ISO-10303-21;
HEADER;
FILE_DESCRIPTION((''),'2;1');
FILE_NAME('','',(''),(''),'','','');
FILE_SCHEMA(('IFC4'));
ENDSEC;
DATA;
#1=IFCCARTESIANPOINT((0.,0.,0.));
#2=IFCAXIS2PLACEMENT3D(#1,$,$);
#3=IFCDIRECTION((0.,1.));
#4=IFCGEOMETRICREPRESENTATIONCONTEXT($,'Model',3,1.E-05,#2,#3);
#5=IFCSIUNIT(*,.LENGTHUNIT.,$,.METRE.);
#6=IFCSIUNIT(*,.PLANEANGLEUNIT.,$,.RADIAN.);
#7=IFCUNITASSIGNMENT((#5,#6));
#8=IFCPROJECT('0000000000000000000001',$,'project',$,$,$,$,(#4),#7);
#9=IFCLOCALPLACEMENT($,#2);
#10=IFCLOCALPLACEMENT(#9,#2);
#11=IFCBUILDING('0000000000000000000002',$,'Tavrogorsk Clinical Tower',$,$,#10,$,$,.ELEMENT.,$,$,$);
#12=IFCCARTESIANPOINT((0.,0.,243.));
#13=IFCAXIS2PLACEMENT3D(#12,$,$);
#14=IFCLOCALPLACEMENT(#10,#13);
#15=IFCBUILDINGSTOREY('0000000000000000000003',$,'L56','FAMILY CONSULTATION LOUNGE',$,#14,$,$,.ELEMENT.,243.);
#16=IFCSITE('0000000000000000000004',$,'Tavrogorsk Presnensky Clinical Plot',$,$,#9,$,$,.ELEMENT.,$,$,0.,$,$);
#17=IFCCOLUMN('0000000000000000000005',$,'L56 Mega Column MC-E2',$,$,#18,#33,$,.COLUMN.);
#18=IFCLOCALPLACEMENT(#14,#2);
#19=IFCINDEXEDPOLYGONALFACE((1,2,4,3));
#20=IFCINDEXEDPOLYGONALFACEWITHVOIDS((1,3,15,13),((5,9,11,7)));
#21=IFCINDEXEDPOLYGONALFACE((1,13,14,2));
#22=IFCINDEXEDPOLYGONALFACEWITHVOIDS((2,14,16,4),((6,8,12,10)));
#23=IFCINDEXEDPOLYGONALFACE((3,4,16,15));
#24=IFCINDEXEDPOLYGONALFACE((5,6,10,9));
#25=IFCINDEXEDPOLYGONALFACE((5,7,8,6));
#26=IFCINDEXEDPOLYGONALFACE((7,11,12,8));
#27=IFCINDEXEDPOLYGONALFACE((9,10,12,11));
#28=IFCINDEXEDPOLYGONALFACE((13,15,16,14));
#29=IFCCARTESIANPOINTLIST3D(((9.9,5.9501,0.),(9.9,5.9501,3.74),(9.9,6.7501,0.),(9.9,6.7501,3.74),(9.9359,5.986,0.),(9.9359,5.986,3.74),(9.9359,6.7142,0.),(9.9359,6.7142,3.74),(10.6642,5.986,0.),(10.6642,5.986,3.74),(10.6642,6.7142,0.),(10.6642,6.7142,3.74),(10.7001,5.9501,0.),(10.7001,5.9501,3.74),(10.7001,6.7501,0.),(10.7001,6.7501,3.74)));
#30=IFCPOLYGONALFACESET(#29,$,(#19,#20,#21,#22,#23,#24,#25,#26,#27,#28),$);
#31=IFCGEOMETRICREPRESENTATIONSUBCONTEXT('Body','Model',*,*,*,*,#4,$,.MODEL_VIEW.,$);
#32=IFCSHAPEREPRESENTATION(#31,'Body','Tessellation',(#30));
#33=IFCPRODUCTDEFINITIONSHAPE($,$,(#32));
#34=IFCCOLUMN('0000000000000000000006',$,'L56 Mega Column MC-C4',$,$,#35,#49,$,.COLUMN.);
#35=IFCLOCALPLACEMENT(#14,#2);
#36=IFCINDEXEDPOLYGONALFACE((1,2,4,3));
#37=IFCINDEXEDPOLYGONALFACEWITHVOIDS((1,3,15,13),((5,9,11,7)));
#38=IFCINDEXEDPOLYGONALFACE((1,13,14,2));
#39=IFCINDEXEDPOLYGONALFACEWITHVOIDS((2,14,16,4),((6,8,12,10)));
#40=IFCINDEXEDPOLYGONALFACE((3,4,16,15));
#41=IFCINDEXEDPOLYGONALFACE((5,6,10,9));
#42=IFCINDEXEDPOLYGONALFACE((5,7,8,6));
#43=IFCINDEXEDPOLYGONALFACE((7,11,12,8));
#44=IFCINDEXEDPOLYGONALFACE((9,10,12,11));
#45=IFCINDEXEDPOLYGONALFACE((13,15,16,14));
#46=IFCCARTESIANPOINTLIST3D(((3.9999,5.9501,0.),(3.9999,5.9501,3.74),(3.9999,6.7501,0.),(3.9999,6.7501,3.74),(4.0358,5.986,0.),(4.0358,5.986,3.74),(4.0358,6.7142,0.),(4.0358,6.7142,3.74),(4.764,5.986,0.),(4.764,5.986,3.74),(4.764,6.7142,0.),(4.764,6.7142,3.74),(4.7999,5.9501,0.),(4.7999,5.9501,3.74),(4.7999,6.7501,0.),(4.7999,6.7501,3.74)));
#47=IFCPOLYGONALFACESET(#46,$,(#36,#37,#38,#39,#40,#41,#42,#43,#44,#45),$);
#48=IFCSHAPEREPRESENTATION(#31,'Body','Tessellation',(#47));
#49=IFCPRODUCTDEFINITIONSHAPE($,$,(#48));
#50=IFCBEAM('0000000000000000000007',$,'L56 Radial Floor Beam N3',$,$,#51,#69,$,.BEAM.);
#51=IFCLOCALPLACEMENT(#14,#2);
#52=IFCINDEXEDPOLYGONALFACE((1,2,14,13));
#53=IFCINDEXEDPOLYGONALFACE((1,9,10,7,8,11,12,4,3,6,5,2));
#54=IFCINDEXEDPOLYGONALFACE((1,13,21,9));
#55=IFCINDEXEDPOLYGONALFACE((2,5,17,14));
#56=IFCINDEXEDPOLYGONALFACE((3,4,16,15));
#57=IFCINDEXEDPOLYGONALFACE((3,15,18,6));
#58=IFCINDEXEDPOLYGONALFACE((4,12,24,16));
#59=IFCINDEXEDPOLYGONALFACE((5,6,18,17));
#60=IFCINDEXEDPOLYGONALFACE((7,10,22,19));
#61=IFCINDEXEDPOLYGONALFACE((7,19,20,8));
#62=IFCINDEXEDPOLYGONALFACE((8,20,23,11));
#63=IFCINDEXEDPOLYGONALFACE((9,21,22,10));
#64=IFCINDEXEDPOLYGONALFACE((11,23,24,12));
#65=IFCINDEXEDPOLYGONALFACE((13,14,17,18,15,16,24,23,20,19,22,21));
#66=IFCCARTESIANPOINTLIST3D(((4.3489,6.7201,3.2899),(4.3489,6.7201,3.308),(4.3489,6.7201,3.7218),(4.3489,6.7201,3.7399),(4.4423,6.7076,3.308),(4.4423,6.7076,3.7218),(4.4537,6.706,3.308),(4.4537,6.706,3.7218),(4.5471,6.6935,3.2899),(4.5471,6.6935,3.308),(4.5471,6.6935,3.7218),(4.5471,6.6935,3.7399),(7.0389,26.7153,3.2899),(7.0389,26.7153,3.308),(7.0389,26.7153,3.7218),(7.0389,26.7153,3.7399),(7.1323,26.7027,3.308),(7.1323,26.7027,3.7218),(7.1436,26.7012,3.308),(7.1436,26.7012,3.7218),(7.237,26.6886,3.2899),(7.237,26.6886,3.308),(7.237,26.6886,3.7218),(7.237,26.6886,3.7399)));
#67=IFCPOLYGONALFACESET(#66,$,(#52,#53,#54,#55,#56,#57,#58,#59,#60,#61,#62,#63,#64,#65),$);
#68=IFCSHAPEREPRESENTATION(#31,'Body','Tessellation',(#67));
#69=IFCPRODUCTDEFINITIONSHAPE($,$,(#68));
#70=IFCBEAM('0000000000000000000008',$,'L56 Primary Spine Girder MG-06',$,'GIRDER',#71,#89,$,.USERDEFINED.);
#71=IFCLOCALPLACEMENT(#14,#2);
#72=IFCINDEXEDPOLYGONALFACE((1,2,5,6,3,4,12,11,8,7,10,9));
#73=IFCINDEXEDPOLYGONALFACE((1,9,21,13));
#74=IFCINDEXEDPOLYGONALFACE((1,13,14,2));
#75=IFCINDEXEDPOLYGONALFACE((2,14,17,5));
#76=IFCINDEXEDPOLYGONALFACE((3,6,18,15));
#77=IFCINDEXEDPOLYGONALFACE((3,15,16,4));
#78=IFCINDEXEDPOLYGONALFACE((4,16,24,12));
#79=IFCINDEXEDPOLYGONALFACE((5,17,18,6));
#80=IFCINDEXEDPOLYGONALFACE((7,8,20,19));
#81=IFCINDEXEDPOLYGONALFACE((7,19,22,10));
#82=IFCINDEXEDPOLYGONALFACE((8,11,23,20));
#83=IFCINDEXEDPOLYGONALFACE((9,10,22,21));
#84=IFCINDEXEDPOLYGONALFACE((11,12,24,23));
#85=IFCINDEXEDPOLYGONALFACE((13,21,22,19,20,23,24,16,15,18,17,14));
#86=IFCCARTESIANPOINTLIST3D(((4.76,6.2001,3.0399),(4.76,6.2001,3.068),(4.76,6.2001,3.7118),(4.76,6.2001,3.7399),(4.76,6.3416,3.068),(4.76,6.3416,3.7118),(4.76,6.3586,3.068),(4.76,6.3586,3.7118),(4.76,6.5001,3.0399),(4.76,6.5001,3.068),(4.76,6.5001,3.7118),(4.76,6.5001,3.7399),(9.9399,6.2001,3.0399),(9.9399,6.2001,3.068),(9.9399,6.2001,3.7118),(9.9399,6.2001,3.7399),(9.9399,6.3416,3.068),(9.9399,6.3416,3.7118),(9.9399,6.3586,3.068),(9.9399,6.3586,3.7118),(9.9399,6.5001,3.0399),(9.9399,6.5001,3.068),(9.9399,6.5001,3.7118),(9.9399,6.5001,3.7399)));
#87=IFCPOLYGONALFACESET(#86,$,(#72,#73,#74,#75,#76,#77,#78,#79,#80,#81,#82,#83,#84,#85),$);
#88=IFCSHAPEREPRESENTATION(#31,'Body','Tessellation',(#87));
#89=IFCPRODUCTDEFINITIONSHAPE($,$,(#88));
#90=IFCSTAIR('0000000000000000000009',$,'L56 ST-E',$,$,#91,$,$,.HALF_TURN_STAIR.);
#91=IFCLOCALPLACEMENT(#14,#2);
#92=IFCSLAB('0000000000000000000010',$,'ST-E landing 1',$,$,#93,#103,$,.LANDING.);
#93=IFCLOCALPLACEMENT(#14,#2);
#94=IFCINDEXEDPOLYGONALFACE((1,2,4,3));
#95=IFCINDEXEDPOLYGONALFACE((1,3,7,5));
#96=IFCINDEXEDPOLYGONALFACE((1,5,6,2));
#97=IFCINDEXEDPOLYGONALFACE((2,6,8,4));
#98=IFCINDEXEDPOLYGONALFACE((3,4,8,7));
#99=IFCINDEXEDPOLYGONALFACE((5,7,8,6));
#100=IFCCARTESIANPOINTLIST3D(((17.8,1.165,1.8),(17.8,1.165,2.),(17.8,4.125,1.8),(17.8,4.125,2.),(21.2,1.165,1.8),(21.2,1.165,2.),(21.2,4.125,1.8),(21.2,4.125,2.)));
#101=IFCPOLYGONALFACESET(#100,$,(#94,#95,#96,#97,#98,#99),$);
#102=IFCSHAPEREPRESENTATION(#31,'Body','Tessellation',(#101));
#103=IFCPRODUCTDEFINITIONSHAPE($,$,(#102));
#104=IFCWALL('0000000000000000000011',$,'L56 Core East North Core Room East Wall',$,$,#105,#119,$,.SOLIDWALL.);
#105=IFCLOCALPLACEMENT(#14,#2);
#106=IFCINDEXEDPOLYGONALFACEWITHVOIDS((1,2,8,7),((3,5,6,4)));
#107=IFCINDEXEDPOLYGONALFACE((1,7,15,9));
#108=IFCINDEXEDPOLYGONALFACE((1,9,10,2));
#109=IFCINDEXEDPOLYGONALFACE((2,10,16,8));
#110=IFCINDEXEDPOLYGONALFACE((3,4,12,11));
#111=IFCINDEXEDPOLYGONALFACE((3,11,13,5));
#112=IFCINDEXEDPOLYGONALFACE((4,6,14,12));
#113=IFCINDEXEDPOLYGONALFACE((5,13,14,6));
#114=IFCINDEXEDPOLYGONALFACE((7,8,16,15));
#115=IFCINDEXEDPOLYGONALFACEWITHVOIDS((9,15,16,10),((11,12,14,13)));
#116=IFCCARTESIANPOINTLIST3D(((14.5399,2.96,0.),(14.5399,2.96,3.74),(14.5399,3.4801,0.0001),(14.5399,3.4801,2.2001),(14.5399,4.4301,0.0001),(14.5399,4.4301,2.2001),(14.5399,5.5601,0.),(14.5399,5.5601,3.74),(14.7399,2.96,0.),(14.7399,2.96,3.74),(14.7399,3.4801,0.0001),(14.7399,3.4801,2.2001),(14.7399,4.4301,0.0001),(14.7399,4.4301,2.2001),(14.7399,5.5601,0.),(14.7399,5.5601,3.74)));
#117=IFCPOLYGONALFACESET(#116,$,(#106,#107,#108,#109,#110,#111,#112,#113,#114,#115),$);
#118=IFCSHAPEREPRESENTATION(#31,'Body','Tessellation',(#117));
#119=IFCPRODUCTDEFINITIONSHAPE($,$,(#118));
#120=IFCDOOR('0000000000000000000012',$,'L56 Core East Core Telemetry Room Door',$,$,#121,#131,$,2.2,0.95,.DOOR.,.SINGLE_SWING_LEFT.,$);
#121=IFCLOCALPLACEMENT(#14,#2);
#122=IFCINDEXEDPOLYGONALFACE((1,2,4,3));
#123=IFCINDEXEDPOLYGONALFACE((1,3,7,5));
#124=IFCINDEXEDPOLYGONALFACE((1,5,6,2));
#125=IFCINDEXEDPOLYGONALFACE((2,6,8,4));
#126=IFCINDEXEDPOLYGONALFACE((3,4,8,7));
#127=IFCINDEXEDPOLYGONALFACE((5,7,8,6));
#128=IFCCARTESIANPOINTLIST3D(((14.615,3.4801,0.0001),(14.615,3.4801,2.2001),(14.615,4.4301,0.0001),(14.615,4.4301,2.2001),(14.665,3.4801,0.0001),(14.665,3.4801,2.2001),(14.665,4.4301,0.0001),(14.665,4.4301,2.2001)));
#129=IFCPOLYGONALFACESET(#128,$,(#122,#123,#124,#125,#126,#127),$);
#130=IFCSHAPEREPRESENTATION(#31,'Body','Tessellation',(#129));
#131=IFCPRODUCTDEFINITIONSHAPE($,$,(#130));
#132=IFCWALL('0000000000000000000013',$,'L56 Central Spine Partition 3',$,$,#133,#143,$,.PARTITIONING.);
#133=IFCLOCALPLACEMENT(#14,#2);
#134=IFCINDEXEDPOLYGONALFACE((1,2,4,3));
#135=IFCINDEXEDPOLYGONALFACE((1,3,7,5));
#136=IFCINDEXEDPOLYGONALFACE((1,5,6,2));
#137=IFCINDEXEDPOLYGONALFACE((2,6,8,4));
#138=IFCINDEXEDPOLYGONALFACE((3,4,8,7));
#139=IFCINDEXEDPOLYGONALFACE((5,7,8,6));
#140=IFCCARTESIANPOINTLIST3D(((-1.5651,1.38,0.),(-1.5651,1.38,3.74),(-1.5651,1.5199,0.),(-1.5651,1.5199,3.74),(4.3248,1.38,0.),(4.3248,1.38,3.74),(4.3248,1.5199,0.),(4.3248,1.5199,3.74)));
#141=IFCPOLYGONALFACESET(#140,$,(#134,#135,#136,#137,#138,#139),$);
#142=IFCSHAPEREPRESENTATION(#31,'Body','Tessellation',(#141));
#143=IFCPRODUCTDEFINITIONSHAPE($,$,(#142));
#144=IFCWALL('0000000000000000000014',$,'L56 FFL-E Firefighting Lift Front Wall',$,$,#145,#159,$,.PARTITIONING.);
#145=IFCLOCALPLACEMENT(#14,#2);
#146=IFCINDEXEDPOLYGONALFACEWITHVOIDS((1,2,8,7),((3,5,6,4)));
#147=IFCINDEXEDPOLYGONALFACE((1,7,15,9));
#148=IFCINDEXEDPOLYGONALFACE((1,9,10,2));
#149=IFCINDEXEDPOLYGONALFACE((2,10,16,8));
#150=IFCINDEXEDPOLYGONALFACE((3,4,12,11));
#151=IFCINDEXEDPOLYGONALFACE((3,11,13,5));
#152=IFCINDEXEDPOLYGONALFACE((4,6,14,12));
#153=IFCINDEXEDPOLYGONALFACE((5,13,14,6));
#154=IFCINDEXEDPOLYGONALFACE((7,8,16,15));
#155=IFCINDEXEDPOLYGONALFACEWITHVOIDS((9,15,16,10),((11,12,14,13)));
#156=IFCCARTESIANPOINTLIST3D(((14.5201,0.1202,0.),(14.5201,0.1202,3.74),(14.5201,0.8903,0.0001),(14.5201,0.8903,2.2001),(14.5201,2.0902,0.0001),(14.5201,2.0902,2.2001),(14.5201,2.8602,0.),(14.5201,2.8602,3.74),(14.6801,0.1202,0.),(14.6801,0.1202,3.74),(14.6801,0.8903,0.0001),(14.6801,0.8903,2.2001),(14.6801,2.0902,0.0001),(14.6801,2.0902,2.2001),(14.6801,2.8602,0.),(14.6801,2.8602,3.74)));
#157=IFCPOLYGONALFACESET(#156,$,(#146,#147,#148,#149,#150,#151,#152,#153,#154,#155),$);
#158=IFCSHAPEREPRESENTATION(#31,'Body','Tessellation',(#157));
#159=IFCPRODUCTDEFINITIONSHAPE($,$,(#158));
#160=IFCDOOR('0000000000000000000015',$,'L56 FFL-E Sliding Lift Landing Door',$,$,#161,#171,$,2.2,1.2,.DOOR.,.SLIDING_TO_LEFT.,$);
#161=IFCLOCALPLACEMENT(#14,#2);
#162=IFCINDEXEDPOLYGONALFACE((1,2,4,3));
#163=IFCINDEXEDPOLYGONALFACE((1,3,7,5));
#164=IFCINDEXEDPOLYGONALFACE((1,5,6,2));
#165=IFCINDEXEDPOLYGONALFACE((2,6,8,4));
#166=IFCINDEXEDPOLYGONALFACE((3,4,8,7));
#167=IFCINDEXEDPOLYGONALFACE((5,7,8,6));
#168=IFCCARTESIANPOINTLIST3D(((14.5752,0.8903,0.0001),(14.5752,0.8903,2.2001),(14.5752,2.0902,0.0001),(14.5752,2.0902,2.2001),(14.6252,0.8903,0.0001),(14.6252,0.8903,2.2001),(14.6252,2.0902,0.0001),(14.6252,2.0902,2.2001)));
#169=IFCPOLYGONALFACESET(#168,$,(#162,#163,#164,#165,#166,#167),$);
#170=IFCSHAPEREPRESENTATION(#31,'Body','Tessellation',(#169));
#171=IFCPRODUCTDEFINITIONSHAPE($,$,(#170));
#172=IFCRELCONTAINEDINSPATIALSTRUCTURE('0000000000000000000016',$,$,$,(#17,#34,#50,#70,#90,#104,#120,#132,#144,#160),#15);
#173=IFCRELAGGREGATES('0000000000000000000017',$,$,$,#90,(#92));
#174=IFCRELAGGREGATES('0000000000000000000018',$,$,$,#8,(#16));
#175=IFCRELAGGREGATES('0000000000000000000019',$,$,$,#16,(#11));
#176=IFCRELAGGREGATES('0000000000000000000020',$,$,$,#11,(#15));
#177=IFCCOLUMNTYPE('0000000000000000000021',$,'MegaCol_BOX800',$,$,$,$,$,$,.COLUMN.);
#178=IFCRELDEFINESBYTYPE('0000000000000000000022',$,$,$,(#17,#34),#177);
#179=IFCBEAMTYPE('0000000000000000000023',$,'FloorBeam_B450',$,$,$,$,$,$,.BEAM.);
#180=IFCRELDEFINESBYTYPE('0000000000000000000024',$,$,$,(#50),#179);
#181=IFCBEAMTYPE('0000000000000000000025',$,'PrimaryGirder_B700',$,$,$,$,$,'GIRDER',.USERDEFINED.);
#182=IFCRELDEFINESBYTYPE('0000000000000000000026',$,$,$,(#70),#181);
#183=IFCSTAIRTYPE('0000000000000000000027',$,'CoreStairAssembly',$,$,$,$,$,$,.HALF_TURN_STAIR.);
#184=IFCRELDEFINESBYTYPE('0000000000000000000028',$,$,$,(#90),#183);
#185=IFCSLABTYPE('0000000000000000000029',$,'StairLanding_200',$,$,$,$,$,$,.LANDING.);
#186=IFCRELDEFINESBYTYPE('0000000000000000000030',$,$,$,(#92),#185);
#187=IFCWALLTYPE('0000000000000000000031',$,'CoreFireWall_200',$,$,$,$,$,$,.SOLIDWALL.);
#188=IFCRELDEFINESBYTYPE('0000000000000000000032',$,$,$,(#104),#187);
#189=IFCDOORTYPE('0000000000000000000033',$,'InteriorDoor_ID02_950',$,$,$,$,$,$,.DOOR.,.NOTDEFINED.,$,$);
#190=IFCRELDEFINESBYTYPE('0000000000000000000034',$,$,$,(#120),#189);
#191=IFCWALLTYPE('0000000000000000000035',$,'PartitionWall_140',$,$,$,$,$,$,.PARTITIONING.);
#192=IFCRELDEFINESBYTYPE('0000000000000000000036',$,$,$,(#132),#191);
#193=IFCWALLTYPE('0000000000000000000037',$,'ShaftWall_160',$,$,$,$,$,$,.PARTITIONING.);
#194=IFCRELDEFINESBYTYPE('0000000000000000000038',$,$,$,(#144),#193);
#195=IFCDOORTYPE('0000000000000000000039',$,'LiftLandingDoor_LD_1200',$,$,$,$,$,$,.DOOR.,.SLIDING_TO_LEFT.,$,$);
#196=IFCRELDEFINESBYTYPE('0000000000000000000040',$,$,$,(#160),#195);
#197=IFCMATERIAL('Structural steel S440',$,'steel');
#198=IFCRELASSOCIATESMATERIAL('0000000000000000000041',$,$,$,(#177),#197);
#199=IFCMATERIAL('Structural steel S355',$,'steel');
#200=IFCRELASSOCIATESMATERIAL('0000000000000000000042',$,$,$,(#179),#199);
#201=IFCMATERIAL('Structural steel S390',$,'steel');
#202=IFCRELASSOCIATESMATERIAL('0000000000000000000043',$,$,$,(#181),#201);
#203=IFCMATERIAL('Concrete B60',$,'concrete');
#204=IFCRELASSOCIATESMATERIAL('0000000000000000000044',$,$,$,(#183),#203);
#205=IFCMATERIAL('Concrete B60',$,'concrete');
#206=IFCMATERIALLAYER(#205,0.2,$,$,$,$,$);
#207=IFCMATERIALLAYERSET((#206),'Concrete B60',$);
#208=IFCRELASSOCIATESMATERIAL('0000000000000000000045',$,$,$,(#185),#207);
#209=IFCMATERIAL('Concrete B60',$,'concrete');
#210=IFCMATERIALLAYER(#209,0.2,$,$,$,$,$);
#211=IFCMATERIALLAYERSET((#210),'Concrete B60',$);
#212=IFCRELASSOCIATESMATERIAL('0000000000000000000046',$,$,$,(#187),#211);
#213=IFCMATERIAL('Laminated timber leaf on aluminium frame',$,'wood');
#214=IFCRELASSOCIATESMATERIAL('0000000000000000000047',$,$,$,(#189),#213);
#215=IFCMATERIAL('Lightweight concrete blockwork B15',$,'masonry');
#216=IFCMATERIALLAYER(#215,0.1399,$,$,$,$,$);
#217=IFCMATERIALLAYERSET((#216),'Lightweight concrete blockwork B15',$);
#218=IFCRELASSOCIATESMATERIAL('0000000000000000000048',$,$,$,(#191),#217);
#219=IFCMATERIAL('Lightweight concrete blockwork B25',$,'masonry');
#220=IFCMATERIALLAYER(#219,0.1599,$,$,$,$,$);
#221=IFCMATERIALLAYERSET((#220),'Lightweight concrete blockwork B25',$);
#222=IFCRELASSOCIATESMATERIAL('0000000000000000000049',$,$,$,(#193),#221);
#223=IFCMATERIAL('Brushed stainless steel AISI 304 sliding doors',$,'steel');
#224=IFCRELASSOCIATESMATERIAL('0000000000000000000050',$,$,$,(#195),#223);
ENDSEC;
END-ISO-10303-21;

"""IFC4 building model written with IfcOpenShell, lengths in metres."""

from ifc_helpers import new_model, si_unit, direction, frame, frame_2d, origin, origin_2d, place, context, subcontext, project, spatial, polyline, rectangle, hollow_rectangle, i_section, outline, extrude, material, layer, layer_set, material_profile, profile_set, type_object, element, fill, aggregate, save


model = new_model("IFC4")

# Units and contexts
model_context = context("Model", 3, precision=1e-05, world=origin(), true_north=direction((0.0, 1.0)))
body_context = subcontext(model_context, "Body", "Model", "MODEL_VIEW")
ifc_project = project(units=[si_unit("LENGTHUNIT", "METRE"), si_unit("PLANEANGLEUNIT", "RADIAN")], contexts=[model_context])

# Site, building, storey
site_placement = place(None, origin())
site = spatial("IfcSite", under=ifc_project, at=site_placement, Name="Tavrogorsk Presnensky Clinical Plot", CompositionType="ELEMENT", RefElevation=0.0)
building_placement = place(site_placement, origin())
building = spatial("IfcBuilding", under=site, at=building_placement, Name="Tavrogorsk Clinical Tower", CompositionType="ELEMENT")
storey_placement = place(building_placement, frame((0.0, 0.0, 243.0)))
storey = spatial("IfcBuildingStorey", under=building, at=storey_placement, Name="L56", Description="FAMILY CONSULTATION LOUNGE", CompositionType="ELEMENT", Elevation=243.0)

# Columns
ifc_material_1 = material(Name="Structural steel S440", Category="steel")
ifc_material_profile_1 = material_profile(ifc_material_1, hollow_rectangle(XDim=0.8, YDim=0.8, WallThickness=0.0359, at=origin_2d()), Name="BOX-800x800x36")
ifc_profile_set_1 = profile_set([ifc_material_profile_1], Name="Structural steel S440")
column_type = type_object("IfcColumnType", Name="MegaCol_BOX800", PredefinedType="COLUMN", material=ifc_profile_set_1)
for number, where, z_axis, x_axis, name in (
    (1, (10.3, 6.3501, 0.0), (0.0, 0.0, 1.0), (1.0, 0.0, 0.0), "L56 Mega Column MC-E2"),
    (2, (4.3999, 6.3501, 0.0), (0.0, 0.0, 1.0), (1.0, 0.0, 0.0), "L56 Mega Column MC-C4"),
):
    element("IfcColumn", number, at=place(storey_placement, frame(where, z_axis=z_axis, x_axis=x_axis)), inside=storey, type_object=column_type, Name=name, PredefinedType="COLUMN", context=body_context, shape_type="SweptSolid", body=[
        extrude(hollow_rectangle(XDim=0.8, YDim=0.8, WallThickness=0.0359, at=origin_2d()), origin(), (0.0, 0.0, 1.0), 3.74),
    ])

# Beams
ifc_material_2 = material(Name="Structural steel S355", Category="steel")
ifc_material_profile_2 = material_profile(ifc_material_2, i_section(OverallWidth=0.2, OverallDepth=0.45, WebThickness=0.0115, FlangeThickness=0.0181, at=origin_2d()), Name="B-450x200x11.5x18")
ifc_profile_set_2 = profile_set([ifc_material_profile_2], Name="Structural steel S355")
beam_type_1 = type_object("IfcBeamType", Name="FloorBeam_B450", PredefinedType="BEAM", material=ifc_profile_set_2)
beam_1_placement = place(storey_placement, frame((4.448, 6.7068, 3.5149), z_axis=(0.133329, 0.991072, 0.0), x_axis=(-0.991072, 0.133329, 0.0)))
element("IfcBeam", 3, at=beam_1_placement, inside=storey, type_object=beam_type_1, Name="L56 Radial Floor Beam N3", PredefinedType="BEAM", context=body_context, shape_type="SweptSolid", body=[
    extrude(i_section(OverallWidth=0.2, OverallDepth=0.45, WebThickness=0.0115, FlangeThickness=0.0181, at=origin_2d()), origin(), (0.0, 0.0, 1.0), 20.1753),
])
ifc_material_3 = material(Name="Structural steel S390", Category="steel")
ifc_material_profile_3 = material_profile(ifc_material_3, i_section(OverallWidth=0.3, OverallDepth=0.7, WebThickness=0.0171, FlangeThickness=0.0281, at=origin_2d()), Name="B-700x300x17x28")
ifc_profile_set_3 = profile_set([ifc_material_profile_3], Name="Structural steel S390")
beam_type_2 = type_object("IfcBeamType", Name="PrimaryGirder_B700", ElementType="GIRDER", PredefinedType="USERDEFINED", material=ifc_profile_set_3)
beam_2_placement = place(storey_placement, frame((4.76, 6.3501, 3.3899), z_axis=(1.0, 0.0, 0.0), x_axis=(0.0, 1.0, 0.0)))
element("IfcBeam", 4, at=beam_2_placement, inside=storey, type_object=beam_type_2, Name="L56 Primary Spine Girder MG-06", ObjectType="GIRDER", PredefinedType="USERDEFINED", context=body_context, shape_type="SweptSolid", body=[
    extrude(i_section(OverallWidth=0.3, OverallDepth=0.7, WebThickness=0.0171, FlangeThickness=0.0281, at=origin_2d()), origin(), (0.0, 0.0, 1.0), 5.1799),
])

# Stair, slab
ifc_material_4 = material(Name="Concrete B60", Category="concrete")
stair_type = type_object("IfcStairType", Name="CoreStairAssembly", PredefinedType="HALF_TURN_STAIR", material=ifc_material_4)
stair_placement = place(storey_placement, origin())
stair = element("IfcStair", 5, at=stair_placement, inside=storey, type_object=stair_type, Name="L56 ST-E", PredefinedType="HALF_TURN_STAIR")
ifc_material_5 = material(Name="Concrete B60", Category="concrete")
ifc_layer_1 = layer(ifc_material_5, 0.2)
ifc_layer_set_1 = layer_set([ifc_layer_1], Name="Concrete B60")
slab_type = type_object("IfcSlabType", Name="StairLanding_200", PredefinedType="LANDING", material=ifc_layer_set_1)
slab_placement = place(storey_placement, frame((0.0, 0.0, 1.8)))
slab = element("IfcSlab", 6, at=slab_placement, type_object=slab_type, Name="ST-E landing 1", PredefinedType="LANDING", context=body_context, shape_type="SweptSolid", body=[
    extrude(outline(polyline([(21.2, 1.165), (21.2, 4.125), (17.8, 4.125), (17.8, 1.165), (21.2, 1.165)])), origin(), (0.0, 0.0, 1.0), 0.2),
])
aggregate(stair, [slab])

# Wall, opening, door
ifc_material_6 = material(Name="Concrete B60", Category="concrete")
ifc_layer_2 = layer(ifc_material_6, 0.2)
ifc_layer_set_2 = layer_set([ifc_layer_2], Name="Concrete B60")
wall_type_1 = type_object("IfcWallType", Name="CoreFireWall_200", PredefinedType="SOLIDWALL", material=ifc_layer_set_2)
wall_1_placement = place(storey_placement, frame((14.6399, 2.96, 0.0), z_axis=(0.0, 0.0, 1.0), x_axis=(0.0, 1.0, 0.0)))
wall_1 = element("IfcWall", 7, at=wall_1_placement, inside=storey, type_object=wall_type_1, Name="L56 Core East North Core Room East Wall", PredefinedType="SOLIDWALL", context=body_context, shape_type="SweptSolid", body=[
    extrude(rectangle(XDim=2.6001, YDim=0.2, at=frame_2d((1.3, 0.0))), origin(), (0.0, 0.0, 1.0), 3.74),
])
opening_1_placement = place(wall_1_placement, frame((0.52, 0.0, 0.0)))
opening_1 = element("IfcOpeningElement", 8, at=opening_1_placement, cuts=wall_1, PredefinedType="OPENING", context=body_context, shape_type="SweptSolid", body=[
    extrude(rectangle(XDim=0.95, YDim=2.2, at=frame_2d((0.4751, 1.1001))), frame((0.0, 0.1099, 0.0), z_axis=(0.0, -1.0, 0.0), x_axis=(1.0, 0.0, 0.0)), (0.0, 0.0, 1.0), 0.22),
])
ifc_material_7 = material(Name="Laminated timber leaf on aluminium frame", Category="wood")
door_type_1 = type_object("IfcDoorType", Name="InteriorDoor_ID02_950", OperationType="NOTDEFINED", PredefinedType="DOOR", material=ifc_material_7)
door_1_placement = place(opening_1_placement, origin())
door_1 = element("IfcDoor", 9, at=door_1_placement, inside=storey, type_object=door_type_1, Name="L56 Core East Core Telemetry Room Door", OperationType="SINGLE_SWING_LEFT", OverallHeight=2.2, OverallWidth=0.95, PredefinedType="DOOR", context=body_context, shape_type="SweptSolid", body=[
    extrude(rectangle(XDim=0.95, YDim=2.2, at=frame_2d((0.4751, 1.1001))), frame((0.0, 0.0249, 0.0), z_axis=(0.0, -1.0, 0.0), x_axis=(1.0, 0.0, 0.0)), (0.0, 0.0, 1.0), 0.05),
])
fill(opening_1, door_1)

# Wall
ifc_material_8 = material(Name="Lightweight concrete blockwork B15", Category="masonry")
ifc_layer_3 = layer(ifc_material_8, 0.1399)
ifc_layer_set_3 = layer_set([ifc_layer_3], Name="Lightweight concrete blockwork B15")
wall_type_2 = type_object("IfcWallType", Name="PartitionWall_140", PredefinedType="PARTITIONING", material=ifc_layer_set_3)
wall_2_placement = place(storey_placement, frame((-1.5649, 1.45, 0.0), z_axis=(0.0, 0.0, 1.0), x_axis=(1.0, 0.0, 0.0)))
element("IfcWall", 10, at=wall_2_placement, inside=storey, type_object=wall_type_2, Name="L56 Central Spine Partition 3", PredefinedType="PARTITIONING", context=body_context, shape_type="SweptSolid", body=[
    extrude(rectangle(XDim=5.8899, YDim=0.1399, at=frame_2d((2.9448, 0.0))), origin(), (0.0, 0.0, 1.0), 3.74),
])

# Wall, opening, door
ifc_material_9 = material(Name="Lightweight concrete blockwork B25", Category="masonry")
ifc_layer_4 = layer(ifc_material_9, 0.1599)
ifc_layer_set_4 = layer_set([ifc_layer_4], Name="Lightweight concrete blockwork B25")
wall_type_3 = type_object("IfcWallType", Name="ShaftWall_160", PredefinedType="PARTITIONING", material=ifc_layer_set_4)
wall_3_placement = place(storey_placement, frame((14.6001, 0.1201, 0.0), z_axis=(0.0, 0.0, 1.0), x_axis=(0.0, 1.0, 0.0)))
wall_3 = element("IfcWall", 11, at=wall_3_placement, inside=storey, type_object=wall_type_3, Name="L56 FFL-E Firefighting Lift Front Wall", PredefinedType="PARTITIONING", context=body_context, shape_type="SweptSolid", body=[
    extrude(rectangle(XDim=2.74, YDim=0.1599, at=frame_2d((1.3701, 0.0))), origin(), (0.0, 0.0, 1.0), 3.74),
])
opening_2_placement = place(wall_3_placement, frame((0.77, 0.0, 0.0)))
opening_2 = element("IfcOpeningElement", 12, at=opening_2_placement, cuts=wall_3, PredefinedType="OPENING", context=body_context, shape_type="SweptSolid", body=[
    extrude(rectangle(XDim=1.2, YDim=2.2, at=frame_2d((0.6001, 1.1001))), frame((0.0, 0.0898, 0.0), z_axis=(0.0, -1.0, 0.0), x_axis=(1.0, 0.0, 0.0)), (0.0, 0.0, 1.0), 0.1799),
])
ifc_material_10 = material(Name="Brushed stainless steel AISI 304 sliding doors", Category="steel")
door_type_2 = type_object("IfcDoorType", Name="LiftLandingDoor_LD_1200", OperationType="SLIDING_TO_LEFT", PredefinedType="DOOR", material=ifc_material_10)
door_2_placement = place(opening_2_placement, origin())
door_2 = element("IfcDoor", 13, at=door_2_placement, inside=storey, type_object=door_type_2, Name="L56 FFL-E Sliding Lift Landing Door", OperationType="SLIDING_TO_LEFT", OverallHeight=2.2, OverallWidth=1.2, PredefinedType="DOOR", context=body_context, shape_type="SweptSolid", body=[
    extrude(rectangle(XDim=1.2, YDim=2.2, at=frame_2d((0.6001, 1.1001))), frame((0.0, 0.0249, 0.0), z_axis=(0.0, -1.0, 0.0), x_axis=(1.0, 0.0, 0.0)), (0.0, 0.0, 1.0), 0.05),
])
fill(opening_2, door_2)

save(model, "model.ifc")
